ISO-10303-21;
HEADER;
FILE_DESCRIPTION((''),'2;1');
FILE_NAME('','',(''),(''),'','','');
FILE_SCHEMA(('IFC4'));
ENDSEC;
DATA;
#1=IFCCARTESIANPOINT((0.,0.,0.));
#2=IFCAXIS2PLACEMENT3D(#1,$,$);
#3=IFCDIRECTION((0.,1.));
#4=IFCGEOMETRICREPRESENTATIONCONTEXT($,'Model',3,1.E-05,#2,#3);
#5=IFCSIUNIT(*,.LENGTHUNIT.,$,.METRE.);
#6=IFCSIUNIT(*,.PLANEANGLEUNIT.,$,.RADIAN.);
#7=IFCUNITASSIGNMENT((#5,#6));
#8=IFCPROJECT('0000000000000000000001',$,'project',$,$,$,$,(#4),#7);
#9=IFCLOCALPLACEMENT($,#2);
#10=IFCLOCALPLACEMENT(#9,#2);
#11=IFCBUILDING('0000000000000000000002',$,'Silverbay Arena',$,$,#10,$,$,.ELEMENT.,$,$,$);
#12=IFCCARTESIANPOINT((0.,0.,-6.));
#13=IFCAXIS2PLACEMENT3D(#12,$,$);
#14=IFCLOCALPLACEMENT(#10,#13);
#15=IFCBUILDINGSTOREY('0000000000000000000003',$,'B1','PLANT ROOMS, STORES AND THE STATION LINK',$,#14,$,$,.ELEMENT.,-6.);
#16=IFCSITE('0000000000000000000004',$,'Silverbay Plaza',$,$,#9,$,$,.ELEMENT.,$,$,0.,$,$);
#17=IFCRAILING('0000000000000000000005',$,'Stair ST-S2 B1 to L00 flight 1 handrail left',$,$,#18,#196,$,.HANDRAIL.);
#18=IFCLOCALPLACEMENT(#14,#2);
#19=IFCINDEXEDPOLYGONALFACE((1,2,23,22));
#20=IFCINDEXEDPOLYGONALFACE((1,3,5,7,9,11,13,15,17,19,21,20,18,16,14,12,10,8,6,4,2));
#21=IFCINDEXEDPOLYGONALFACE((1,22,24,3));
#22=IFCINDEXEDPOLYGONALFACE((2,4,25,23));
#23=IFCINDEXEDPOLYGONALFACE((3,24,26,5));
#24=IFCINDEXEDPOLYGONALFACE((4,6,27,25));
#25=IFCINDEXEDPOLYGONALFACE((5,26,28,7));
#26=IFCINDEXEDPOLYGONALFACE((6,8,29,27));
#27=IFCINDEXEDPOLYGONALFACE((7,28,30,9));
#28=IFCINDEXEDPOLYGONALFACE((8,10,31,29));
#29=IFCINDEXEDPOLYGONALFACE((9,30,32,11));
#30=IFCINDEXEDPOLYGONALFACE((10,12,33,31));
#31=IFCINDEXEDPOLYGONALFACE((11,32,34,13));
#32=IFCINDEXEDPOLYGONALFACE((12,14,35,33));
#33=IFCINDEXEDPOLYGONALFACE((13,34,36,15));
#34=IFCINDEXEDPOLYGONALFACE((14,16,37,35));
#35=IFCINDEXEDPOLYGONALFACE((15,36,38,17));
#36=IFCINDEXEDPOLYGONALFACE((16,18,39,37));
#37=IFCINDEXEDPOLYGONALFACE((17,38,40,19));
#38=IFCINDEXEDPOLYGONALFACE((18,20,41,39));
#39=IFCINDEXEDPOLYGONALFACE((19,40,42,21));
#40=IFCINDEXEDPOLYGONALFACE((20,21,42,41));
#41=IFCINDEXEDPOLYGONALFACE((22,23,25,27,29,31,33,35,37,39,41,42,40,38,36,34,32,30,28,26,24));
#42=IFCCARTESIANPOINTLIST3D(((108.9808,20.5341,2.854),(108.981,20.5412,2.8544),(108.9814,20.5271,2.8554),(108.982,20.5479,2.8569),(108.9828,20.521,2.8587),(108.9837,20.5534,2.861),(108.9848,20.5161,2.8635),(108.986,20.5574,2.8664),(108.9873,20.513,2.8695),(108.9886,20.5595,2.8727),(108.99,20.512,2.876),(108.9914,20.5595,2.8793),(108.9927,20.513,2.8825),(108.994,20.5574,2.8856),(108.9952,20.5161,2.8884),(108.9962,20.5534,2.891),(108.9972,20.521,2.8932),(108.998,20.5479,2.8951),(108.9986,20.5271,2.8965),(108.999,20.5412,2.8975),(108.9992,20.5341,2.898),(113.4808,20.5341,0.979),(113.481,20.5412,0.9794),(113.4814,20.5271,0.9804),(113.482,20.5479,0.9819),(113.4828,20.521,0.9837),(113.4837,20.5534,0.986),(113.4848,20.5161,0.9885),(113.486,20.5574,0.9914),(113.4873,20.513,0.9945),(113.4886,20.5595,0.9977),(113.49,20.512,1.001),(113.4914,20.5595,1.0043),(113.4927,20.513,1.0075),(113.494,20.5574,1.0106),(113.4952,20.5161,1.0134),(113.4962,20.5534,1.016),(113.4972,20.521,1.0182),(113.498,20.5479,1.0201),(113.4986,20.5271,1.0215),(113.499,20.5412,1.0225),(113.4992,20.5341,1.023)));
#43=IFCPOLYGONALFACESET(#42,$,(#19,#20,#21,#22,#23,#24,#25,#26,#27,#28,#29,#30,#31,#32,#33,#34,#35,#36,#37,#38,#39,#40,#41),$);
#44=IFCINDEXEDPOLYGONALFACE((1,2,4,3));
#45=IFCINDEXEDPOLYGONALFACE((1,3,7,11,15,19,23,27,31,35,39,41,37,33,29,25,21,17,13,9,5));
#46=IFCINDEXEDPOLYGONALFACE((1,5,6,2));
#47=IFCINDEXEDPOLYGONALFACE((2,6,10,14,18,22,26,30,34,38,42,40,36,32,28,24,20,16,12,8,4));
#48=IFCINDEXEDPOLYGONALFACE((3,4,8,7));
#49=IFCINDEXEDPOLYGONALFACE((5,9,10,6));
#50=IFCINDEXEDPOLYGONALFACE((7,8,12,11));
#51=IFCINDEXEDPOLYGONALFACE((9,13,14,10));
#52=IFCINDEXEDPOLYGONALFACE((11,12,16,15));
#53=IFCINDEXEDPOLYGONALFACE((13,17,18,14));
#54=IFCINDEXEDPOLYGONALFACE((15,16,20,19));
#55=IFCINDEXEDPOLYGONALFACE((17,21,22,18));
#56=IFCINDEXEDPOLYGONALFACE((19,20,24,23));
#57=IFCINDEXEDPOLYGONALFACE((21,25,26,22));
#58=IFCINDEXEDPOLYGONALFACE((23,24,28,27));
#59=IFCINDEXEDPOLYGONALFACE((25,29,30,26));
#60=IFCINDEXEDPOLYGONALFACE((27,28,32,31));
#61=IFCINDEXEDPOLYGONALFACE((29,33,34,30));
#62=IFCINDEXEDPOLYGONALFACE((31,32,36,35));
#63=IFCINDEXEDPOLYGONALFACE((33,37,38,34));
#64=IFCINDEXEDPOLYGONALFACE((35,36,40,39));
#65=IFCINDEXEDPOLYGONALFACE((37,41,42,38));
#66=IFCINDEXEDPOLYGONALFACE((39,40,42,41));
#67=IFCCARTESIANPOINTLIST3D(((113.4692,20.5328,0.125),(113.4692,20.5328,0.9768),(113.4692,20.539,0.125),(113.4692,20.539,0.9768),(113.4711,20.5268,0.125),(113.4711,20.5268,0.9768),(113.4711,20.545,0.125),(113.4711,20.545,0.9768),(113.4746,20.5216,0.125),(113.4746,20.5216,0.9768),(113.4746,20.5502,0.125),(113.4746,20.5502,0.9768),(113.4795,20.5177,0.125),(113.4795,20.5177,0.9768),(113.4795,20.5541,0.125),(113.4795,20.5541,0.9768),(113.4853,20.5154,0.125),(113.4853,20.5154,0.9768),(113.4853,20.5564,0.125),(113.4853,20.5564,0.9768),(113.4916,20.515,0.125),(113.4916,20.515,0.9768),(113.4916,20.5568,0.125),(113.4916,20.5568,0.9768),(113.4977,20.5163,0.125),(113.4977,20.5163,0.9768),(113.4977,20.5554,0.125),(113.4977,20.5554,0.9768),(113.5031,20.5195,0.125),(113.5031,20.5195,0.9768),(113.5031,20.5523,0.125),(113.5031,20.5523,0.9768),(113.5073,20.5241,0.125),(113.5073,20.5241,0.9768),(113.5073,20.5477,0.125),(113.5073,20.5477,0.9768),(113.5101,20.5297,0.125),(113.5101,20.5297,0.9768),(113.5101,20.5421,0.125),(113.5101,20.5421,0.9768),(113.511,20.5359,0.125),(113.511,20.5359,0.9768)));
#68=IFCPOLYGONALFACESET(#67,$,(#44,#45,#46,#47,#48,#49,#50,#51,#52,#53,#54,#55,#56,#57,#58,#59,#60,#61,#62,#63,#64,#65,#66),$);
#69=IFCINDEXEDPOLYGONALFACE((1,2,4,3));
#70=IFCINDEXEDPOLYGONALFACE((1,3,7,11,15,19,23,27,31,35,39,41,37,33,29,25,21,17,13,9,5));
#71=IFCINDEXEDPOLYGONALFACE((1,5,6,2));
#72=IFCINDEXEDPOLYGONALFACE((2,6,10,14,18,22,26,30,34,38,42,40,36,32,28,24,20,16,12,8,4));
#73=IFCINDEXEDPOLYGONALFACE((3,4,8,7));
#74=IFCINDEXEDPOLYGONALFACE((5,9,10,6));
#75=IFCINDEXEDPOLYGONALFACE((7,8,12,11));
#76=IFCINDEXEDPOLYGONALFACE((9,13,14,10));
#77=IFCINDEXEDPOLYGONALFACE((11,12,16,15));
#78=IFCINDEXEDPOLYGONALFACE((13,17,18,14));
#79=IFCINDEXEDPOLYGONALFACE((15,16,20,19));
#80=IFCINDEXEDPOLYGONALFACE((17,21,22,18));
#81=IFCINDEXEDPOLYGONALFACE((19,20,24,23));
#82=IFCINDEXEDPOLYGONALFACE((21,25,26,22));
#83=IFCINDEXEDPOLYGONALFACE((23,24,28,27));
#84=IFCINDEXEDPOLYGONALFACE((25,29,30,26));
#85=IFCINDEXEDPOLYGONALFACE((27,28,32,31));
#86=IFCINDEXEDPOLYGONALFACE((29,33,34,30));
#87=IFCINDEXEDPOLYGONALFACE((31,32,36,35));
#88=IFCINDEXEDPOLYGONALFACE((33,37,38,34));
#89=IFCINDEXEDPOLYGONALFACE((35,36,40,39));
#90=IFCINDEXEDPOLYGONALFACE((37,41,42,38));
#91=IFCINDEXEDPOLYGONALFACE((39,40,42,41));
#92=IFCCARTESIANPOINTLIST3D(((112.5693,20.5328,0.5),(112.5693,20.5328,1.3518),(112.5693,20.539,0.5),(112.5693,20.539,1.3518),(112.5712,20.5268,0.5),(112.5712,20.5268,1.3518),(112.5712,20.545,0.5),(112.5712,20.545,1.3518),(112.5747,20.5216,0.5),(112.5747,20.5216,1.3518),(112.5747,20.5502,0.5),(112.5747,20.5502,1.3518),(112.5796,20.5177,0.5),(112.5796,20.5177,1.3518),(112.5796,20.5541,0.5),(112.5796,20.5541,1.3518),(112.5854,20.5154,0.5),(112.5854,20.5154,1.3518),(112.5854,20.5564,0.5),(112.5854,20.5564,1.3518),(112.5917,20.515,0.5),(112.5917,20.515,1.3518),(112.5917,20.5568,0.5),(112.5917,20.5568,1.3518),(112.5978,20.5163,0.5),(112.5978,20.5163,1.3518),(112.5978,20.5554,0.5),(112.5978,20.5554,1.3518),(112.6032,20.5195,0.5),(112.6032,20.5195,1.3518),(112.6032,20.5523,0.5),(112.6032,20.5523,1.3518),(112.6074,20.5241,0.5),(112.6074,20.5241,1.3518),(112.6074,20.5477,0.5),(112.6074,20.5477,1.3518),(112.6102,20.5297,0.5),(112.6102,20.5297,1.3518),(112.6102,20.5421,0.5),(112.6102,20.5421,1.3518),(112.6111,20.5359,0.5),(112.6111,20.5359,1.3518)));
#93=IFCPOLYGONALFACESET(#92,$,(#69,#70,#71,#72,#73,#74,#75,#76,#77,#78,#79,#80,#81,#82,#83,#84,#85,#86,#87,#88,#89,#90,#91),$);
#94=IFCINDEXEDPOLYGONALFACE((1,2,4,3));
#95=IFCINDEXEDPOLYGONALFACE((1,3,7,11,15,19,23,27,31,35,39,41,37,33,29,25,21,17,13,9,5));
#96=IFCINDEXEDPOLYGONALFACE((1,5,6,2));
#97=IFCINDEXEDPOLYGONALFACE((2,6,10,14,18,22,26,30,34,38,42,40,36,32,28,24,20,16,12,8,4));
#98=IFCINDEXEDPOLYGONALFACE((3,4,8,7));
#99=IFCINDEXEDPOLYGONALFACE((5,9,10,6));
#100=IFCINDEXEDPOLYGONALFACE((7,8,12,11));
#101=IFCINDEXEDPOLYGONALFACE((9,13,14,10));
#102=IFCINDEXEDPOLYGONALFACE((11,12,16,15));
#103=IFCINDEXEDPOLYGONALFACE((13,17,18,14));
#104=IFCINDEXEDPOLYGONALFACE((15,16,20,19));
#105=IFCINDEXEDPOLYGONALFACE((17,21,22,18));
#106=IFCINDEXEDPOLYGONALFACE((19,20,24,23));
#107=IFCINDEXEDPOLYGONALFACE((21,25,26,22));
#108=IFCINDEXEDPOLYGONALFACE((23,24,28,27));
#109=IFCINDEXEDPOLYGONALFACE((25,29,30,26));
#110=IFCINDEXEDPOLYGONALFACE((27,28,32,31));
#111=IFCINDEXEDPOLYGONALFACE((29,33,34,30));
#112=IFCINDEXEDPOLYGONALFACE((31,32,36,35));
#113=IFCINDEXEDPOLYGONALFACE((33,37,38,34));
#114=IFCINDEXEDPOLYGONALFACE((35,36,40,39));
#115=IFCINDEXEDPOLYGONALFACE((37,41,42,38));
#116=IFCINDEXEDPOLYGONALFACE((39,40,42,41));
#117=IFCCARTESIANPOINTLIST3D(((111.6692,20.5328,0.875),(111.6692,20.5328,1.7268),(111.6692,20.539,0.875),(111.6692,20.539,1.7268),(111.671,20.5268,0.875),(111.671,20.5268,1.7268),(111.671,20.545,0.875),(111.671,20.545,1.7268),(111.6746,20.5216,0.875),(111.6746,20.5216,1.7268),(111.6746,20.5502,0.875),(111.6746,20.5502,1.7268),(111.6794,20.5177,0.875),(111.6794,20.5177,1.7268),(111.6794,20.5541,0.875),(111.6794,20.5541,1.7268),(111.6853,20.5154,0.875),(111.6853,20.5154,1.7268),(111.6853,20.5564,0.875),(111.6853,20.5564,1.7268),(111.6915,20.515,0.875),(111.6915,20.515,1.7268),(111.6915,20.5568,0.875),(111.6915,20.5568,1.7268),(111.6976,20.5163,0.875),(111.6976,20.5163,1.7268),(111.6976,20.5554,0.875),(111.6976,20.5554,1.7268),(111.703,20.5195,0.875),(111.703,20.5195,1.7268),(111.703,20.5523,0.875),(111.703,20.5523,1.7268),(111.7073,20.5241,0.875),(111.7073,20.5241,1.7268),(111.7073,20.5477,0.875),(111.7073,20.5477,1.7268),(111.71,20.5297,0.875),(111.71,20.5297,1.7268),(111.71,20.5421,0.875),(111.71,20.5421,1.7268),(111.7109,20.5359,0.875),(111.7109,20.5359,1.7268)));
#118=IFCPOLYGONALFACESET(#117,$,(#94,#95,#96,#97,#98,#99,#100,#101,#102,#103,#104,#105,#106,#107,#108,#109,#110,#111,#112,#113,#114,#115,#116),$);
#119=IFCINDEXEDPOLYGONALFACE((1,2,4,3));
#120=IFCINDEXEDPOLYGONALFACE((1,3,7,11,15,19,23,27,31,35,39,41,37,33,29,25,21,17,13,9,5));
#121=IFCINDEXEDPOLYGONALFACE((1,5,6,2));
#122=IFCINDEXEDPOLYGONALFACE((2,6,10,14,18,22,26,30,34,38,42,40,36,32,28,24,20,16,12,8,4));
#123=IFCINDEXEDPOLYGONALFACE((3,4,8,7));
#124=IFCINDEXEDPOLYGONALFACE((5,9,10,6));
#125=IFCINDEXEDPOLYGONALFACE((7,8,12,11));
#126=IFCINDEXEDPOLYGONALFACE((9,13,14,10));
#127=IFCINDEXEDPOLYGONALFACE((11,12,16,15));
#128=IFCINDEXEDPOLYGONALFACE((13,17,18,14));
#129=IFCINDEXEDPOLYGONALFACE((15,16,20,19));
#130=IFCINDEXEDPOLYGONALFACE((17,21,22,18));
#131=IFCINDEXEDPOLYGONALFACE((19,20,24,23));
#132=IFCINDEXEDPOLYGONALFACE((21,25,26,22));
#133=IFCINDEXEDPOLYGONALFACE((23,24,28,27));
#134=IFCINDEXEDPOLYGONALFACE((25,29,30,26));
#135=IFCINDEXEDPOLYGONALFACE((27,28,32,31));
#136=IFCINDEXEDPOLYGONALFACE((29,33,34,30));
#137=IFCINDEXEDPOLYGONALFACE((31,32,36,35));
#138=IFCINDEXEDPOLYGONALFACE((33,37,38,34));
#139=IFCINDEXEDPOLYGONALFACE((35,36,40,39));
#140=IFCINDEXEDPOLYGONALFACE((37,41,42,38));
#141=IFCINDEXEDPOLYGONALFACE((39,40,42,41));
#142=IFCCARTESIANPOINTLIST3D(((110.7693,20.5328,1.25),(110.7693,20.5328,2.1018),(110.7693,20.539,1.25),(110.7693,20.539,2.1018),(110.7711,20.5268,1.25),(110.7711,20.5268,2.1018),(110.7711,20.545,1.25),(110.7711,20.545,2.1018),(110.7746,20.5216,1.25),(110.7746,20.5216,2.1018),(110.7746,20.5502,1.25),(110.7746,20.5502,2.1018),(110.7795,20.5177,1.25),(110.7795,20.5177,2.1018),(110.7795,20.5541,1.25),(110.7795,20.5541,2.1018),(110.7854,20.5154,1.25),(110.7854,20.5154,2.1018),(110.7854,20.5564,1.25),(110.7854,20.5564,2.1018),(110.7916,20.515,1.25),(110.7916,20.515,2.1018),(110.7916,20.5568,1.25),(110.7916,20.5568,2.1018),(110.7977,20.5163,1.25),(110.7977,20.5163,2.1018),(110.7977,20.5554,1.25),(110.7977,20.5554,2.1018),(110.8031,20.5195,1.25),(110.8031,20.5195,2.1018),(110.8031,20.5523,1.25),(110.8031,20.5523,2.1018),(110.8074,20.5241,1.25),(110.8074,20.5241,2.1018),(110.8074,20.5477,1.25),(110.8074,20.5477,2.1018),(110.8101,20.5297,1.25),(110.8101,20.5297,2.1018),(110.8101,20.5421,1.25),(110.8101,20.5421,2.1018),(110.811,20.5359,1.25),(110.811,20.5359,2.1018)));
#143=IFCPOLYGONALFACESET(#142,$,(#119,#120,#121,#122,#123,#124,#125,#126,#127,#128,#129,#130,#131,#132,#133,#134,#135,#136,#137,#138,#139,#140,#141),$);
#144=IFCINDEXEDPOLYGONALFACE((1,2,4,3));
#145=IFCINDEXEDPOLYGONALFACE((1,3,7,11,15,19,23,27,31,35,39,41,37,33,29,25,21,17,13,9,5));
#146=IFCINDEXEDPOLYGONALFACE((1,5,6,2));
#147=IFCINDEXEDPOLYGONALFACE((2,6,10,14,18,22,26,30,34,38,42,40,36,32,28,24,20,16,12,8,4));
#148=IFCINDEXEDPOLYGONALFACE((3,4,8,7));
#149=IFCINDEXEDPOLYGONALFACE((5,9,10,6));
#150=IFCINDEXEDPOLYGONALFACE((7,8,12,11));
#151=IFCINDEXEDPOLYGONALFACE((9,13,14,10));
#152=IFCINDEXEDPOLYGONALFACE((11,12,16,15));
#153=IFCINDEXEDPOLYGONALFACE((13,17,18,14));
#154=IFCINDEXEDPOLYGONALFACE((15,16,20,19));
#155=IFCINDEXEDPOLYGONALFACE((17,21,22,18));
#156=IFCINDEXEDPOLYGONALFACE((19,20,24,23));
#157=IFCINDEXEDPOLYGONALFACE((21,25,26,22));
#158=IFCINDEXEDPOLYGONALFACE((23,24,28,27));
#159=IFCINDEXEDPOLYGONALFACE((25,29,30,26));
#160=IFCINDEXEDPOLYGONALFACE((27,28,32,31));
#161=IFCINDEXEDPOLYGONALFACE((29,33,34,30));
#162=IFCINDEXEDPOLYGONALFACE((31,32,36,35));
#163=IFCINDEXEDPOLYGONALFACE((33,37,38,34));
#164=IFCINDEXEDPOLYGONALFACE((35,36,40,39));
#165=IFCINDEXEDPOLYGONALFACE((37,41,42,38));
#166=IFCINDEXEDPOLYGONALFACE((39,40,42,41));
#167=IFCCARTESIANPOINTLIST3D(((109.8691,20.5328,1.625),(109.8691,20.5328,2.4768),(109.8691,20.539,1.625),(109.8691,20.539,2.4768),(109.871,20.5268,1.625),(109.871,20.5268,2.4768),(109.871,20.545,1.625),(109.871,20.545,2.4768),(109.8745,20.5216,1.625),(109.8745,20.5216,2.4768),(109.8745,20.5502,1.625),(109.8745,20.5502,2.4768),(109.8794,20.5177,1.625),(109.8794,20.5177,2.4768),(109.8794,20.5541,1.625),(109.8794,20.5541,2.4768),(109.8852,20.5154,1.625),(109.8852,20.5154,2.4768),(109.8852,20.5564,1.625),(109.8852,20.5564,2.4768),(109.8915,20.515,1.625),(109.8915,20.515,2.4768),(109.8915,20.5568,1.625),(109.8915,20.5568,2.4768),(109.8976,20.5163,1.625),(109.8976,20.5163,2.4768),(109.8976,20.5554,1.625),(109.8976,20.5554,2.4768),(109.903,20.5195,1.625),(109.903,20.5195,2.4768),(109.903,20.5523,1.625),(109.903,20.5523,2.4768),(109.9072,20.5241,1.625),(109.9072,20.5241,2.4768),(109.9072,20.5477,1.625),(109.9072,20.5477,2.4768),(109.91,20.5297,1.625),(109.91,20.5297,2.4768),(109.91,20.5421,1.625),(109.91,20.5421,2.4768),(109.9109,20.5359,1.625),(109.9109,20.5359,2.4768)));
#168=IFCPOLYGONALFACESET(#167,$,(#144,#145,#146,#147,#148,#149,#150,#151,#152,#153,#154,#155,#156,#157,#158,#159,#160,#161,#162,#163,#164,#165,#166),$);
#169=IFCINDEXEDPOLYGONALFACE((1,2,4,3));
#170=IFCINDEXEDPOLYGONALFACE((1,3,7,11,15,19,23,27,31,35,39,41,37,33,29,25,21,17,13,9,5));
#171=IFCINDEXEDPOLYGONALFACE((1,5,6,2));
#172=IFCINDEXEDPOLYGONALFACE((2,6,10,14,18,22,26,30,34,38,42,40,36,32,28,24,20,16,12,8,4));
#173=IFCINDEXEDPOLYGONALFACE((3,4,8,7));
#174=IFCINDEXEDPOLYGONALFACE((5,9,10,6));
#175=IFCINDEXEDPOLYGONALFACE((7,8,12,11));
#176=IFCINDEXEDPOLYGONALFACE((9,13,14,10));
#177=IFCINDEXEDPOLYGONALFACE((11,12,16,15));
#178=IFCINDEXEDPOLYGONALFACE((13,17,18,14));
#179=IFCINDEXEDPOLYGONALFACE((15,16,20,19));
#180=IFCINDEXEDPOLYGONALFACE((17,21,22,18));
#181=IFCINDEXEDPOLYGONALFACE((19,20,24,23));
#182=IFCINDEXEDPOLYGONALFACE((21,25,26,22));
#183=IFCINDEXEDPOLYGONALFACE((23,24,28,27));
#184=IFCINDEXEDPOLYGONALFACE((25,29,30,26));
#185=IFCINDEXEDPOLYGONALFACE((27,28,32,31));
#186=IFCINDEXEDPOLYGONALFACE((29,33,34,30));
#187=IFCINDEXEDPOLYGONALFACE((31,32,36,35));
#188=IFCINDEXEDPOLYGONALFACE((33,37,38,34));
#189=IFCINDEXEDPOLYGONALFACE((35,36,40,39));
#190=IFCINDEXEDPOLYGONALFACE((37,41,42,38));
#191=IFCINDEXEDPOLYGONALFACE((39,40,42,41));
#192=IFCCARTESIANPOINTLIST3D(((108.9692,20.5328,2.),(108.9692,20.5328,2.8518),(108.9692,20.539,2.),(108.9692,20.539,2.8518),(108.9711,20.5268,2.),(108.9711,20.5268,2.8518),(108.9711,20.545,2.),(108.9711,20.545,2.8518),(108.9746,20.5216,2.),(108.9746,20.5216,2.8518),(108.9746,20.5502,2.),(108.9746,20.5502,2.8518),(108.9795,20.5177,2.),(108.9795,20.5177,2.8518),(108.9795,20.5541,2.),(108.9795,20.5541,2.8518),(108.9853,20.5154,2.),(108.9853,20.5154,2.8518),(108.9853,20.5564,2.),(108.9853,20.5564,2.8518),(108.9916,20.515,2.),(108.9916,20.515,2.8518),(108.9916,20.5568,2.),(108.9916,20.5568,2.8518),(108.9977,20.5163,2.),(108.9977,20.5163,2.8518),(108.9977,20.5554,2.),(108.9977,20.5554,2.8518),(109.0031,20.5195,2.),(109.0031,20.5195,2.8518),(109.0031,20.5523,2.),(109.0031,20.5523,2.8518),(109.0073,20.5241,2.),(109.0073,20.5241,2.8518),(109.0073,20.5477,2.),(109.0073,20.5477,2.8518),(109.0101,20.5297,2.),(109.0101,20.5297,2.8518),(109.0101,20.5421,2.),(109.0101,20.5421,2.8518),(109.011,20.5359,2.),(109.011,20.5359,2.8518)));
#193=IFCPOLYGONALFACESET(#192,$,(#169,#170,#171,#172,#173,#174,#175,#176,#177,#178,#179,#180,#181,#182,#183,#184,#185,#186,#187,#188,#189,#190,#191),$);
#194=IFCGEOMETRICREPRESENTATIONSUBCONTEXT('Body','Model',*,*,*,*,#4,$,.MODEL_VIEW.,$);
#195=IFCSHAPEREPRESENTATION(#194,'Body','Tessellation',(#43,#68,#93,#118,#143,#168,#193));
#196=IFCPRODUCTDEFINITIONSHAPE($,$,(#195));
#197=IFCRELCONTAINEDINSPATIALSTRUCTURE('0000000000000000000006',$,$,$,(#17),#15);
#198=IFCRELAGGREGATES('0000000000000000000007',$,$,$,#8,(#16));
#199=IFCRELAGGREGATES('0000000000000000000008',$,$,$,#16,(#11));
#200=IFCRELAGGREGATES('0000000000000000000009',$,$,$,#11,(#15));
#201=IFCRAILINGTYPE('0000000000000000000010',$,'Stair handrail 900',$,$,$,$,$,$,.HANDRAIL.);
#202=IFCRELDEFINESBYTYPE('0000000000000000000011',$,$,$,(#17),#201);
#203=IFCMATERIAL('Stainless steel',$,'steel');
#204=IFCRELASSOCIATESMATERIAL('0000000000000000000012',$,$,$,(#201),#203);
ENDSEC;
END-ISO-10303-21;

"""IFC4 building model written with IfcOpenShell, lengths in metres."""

from ifc_helpers import new_model, si_unit, direction, frame, origin, origin_2d, place, context, subcontext, project, spatial, circle, extrude, material, type_object, element, save


model = new_model("IFC4")

# Units and contexts
model_context = context("Model", 3, precision=1e-05, world=origin(), true_north=direction((0.0, 1.0)))
body_context = subcontext(model_context, "Body", "Model", "MODEL_VIEW")
ifc_project = project(units=[si_unit("LENGTHUNIT", "METRE"), si_unit("PLANEANGLEUNIT", "RADIAN")], contexts=[model_context])

# Site, building, storey
site_placement = place(None, origin())
site = spatial("IfcSite", under=ifc_project, at=site_placement, Name="Silverbay Plaza", CompositionType="ELEMENT", RefElevation=0.0)
building_placement = place(site_placement, origin())
building = spatial("IfcBuilding", under=site, at=building_placement, Name="Silverbay Arena", CompositionType="ELEMENT")
storey_placement = place(building_placement, frame((0.0, 0.0, -6.0)))
storey = spatial("IfcBuildingStorey", under=building, at=storey_placement, Name="B1", Description="PLANT ROOMS, STORES AND THE STATION LINK", CompositionType="ELEMENT", Elevation=-6.0)

# Railing
ifc_material_1 = material(Name="Stainless steel", Category="steel")
railing_type_1 = type_object("IfcRailingType", Name="Stair handrail 900", PredefinedType="HANDRAIL", material=ifc_material_1)
for number, where, name in (
    (1, (113.49, 20.5359, 0.125), "Stair ST-S2 B1 to L00 flight 1 handrail left"),
):
    element("IfcRailing", number, at=place(storey_placement, frame(where)), inside=storey, type_object=railing_type_1, Name=name, PredefinedType="HANDRAIL", context=body_context, shape_type="SweptSolid", body=[
        extrude(circle(Radius=0.0239, at=origin_2d()), frame((0.0, 0.0, 0.876), z_axis=(-0.923077, 0.0, 0.384615), x_axis=(0.0, -1.0, 0.0)), (0.0, 0.0, 1.0), 4.875),
        extrude(circle(Radius=0.021, at=origin_2d()), origin(), (0.0, 0.0, 1.0), 0.8518),
        extrude(circle(Radius=0.021, at=origin_2d()), frame((-0.8999, 0.0, 0.375)), (0.0, 0.0, 1.0), 0.8518),
        extrude(circle(Radius=0.021, at=origin_2d()), frame((-1.8, 0.0, 0.75)), (0.0, 0.0, 1.0), 0.8518),
        extrude(circle(Radius=0.021, at=origin_2d()), frame((-2.7, 0.0, 1.125)), (0.0, 0.0, 1.0), 0.8518),
        extrude(circle(Radius=0.021, at=origin_2d()), frame((-3.6001, 0.0, 1.5)), (0.0, 0.0, 1.0), 0.8518),
        extrude(circle(Radius=0.021, at=origin_2d()), frame((-4.5, 0.0, 1.875)), (0.0, 0.0, 1.0), 0.8518),
    ])

save(model, "model.ifc")
